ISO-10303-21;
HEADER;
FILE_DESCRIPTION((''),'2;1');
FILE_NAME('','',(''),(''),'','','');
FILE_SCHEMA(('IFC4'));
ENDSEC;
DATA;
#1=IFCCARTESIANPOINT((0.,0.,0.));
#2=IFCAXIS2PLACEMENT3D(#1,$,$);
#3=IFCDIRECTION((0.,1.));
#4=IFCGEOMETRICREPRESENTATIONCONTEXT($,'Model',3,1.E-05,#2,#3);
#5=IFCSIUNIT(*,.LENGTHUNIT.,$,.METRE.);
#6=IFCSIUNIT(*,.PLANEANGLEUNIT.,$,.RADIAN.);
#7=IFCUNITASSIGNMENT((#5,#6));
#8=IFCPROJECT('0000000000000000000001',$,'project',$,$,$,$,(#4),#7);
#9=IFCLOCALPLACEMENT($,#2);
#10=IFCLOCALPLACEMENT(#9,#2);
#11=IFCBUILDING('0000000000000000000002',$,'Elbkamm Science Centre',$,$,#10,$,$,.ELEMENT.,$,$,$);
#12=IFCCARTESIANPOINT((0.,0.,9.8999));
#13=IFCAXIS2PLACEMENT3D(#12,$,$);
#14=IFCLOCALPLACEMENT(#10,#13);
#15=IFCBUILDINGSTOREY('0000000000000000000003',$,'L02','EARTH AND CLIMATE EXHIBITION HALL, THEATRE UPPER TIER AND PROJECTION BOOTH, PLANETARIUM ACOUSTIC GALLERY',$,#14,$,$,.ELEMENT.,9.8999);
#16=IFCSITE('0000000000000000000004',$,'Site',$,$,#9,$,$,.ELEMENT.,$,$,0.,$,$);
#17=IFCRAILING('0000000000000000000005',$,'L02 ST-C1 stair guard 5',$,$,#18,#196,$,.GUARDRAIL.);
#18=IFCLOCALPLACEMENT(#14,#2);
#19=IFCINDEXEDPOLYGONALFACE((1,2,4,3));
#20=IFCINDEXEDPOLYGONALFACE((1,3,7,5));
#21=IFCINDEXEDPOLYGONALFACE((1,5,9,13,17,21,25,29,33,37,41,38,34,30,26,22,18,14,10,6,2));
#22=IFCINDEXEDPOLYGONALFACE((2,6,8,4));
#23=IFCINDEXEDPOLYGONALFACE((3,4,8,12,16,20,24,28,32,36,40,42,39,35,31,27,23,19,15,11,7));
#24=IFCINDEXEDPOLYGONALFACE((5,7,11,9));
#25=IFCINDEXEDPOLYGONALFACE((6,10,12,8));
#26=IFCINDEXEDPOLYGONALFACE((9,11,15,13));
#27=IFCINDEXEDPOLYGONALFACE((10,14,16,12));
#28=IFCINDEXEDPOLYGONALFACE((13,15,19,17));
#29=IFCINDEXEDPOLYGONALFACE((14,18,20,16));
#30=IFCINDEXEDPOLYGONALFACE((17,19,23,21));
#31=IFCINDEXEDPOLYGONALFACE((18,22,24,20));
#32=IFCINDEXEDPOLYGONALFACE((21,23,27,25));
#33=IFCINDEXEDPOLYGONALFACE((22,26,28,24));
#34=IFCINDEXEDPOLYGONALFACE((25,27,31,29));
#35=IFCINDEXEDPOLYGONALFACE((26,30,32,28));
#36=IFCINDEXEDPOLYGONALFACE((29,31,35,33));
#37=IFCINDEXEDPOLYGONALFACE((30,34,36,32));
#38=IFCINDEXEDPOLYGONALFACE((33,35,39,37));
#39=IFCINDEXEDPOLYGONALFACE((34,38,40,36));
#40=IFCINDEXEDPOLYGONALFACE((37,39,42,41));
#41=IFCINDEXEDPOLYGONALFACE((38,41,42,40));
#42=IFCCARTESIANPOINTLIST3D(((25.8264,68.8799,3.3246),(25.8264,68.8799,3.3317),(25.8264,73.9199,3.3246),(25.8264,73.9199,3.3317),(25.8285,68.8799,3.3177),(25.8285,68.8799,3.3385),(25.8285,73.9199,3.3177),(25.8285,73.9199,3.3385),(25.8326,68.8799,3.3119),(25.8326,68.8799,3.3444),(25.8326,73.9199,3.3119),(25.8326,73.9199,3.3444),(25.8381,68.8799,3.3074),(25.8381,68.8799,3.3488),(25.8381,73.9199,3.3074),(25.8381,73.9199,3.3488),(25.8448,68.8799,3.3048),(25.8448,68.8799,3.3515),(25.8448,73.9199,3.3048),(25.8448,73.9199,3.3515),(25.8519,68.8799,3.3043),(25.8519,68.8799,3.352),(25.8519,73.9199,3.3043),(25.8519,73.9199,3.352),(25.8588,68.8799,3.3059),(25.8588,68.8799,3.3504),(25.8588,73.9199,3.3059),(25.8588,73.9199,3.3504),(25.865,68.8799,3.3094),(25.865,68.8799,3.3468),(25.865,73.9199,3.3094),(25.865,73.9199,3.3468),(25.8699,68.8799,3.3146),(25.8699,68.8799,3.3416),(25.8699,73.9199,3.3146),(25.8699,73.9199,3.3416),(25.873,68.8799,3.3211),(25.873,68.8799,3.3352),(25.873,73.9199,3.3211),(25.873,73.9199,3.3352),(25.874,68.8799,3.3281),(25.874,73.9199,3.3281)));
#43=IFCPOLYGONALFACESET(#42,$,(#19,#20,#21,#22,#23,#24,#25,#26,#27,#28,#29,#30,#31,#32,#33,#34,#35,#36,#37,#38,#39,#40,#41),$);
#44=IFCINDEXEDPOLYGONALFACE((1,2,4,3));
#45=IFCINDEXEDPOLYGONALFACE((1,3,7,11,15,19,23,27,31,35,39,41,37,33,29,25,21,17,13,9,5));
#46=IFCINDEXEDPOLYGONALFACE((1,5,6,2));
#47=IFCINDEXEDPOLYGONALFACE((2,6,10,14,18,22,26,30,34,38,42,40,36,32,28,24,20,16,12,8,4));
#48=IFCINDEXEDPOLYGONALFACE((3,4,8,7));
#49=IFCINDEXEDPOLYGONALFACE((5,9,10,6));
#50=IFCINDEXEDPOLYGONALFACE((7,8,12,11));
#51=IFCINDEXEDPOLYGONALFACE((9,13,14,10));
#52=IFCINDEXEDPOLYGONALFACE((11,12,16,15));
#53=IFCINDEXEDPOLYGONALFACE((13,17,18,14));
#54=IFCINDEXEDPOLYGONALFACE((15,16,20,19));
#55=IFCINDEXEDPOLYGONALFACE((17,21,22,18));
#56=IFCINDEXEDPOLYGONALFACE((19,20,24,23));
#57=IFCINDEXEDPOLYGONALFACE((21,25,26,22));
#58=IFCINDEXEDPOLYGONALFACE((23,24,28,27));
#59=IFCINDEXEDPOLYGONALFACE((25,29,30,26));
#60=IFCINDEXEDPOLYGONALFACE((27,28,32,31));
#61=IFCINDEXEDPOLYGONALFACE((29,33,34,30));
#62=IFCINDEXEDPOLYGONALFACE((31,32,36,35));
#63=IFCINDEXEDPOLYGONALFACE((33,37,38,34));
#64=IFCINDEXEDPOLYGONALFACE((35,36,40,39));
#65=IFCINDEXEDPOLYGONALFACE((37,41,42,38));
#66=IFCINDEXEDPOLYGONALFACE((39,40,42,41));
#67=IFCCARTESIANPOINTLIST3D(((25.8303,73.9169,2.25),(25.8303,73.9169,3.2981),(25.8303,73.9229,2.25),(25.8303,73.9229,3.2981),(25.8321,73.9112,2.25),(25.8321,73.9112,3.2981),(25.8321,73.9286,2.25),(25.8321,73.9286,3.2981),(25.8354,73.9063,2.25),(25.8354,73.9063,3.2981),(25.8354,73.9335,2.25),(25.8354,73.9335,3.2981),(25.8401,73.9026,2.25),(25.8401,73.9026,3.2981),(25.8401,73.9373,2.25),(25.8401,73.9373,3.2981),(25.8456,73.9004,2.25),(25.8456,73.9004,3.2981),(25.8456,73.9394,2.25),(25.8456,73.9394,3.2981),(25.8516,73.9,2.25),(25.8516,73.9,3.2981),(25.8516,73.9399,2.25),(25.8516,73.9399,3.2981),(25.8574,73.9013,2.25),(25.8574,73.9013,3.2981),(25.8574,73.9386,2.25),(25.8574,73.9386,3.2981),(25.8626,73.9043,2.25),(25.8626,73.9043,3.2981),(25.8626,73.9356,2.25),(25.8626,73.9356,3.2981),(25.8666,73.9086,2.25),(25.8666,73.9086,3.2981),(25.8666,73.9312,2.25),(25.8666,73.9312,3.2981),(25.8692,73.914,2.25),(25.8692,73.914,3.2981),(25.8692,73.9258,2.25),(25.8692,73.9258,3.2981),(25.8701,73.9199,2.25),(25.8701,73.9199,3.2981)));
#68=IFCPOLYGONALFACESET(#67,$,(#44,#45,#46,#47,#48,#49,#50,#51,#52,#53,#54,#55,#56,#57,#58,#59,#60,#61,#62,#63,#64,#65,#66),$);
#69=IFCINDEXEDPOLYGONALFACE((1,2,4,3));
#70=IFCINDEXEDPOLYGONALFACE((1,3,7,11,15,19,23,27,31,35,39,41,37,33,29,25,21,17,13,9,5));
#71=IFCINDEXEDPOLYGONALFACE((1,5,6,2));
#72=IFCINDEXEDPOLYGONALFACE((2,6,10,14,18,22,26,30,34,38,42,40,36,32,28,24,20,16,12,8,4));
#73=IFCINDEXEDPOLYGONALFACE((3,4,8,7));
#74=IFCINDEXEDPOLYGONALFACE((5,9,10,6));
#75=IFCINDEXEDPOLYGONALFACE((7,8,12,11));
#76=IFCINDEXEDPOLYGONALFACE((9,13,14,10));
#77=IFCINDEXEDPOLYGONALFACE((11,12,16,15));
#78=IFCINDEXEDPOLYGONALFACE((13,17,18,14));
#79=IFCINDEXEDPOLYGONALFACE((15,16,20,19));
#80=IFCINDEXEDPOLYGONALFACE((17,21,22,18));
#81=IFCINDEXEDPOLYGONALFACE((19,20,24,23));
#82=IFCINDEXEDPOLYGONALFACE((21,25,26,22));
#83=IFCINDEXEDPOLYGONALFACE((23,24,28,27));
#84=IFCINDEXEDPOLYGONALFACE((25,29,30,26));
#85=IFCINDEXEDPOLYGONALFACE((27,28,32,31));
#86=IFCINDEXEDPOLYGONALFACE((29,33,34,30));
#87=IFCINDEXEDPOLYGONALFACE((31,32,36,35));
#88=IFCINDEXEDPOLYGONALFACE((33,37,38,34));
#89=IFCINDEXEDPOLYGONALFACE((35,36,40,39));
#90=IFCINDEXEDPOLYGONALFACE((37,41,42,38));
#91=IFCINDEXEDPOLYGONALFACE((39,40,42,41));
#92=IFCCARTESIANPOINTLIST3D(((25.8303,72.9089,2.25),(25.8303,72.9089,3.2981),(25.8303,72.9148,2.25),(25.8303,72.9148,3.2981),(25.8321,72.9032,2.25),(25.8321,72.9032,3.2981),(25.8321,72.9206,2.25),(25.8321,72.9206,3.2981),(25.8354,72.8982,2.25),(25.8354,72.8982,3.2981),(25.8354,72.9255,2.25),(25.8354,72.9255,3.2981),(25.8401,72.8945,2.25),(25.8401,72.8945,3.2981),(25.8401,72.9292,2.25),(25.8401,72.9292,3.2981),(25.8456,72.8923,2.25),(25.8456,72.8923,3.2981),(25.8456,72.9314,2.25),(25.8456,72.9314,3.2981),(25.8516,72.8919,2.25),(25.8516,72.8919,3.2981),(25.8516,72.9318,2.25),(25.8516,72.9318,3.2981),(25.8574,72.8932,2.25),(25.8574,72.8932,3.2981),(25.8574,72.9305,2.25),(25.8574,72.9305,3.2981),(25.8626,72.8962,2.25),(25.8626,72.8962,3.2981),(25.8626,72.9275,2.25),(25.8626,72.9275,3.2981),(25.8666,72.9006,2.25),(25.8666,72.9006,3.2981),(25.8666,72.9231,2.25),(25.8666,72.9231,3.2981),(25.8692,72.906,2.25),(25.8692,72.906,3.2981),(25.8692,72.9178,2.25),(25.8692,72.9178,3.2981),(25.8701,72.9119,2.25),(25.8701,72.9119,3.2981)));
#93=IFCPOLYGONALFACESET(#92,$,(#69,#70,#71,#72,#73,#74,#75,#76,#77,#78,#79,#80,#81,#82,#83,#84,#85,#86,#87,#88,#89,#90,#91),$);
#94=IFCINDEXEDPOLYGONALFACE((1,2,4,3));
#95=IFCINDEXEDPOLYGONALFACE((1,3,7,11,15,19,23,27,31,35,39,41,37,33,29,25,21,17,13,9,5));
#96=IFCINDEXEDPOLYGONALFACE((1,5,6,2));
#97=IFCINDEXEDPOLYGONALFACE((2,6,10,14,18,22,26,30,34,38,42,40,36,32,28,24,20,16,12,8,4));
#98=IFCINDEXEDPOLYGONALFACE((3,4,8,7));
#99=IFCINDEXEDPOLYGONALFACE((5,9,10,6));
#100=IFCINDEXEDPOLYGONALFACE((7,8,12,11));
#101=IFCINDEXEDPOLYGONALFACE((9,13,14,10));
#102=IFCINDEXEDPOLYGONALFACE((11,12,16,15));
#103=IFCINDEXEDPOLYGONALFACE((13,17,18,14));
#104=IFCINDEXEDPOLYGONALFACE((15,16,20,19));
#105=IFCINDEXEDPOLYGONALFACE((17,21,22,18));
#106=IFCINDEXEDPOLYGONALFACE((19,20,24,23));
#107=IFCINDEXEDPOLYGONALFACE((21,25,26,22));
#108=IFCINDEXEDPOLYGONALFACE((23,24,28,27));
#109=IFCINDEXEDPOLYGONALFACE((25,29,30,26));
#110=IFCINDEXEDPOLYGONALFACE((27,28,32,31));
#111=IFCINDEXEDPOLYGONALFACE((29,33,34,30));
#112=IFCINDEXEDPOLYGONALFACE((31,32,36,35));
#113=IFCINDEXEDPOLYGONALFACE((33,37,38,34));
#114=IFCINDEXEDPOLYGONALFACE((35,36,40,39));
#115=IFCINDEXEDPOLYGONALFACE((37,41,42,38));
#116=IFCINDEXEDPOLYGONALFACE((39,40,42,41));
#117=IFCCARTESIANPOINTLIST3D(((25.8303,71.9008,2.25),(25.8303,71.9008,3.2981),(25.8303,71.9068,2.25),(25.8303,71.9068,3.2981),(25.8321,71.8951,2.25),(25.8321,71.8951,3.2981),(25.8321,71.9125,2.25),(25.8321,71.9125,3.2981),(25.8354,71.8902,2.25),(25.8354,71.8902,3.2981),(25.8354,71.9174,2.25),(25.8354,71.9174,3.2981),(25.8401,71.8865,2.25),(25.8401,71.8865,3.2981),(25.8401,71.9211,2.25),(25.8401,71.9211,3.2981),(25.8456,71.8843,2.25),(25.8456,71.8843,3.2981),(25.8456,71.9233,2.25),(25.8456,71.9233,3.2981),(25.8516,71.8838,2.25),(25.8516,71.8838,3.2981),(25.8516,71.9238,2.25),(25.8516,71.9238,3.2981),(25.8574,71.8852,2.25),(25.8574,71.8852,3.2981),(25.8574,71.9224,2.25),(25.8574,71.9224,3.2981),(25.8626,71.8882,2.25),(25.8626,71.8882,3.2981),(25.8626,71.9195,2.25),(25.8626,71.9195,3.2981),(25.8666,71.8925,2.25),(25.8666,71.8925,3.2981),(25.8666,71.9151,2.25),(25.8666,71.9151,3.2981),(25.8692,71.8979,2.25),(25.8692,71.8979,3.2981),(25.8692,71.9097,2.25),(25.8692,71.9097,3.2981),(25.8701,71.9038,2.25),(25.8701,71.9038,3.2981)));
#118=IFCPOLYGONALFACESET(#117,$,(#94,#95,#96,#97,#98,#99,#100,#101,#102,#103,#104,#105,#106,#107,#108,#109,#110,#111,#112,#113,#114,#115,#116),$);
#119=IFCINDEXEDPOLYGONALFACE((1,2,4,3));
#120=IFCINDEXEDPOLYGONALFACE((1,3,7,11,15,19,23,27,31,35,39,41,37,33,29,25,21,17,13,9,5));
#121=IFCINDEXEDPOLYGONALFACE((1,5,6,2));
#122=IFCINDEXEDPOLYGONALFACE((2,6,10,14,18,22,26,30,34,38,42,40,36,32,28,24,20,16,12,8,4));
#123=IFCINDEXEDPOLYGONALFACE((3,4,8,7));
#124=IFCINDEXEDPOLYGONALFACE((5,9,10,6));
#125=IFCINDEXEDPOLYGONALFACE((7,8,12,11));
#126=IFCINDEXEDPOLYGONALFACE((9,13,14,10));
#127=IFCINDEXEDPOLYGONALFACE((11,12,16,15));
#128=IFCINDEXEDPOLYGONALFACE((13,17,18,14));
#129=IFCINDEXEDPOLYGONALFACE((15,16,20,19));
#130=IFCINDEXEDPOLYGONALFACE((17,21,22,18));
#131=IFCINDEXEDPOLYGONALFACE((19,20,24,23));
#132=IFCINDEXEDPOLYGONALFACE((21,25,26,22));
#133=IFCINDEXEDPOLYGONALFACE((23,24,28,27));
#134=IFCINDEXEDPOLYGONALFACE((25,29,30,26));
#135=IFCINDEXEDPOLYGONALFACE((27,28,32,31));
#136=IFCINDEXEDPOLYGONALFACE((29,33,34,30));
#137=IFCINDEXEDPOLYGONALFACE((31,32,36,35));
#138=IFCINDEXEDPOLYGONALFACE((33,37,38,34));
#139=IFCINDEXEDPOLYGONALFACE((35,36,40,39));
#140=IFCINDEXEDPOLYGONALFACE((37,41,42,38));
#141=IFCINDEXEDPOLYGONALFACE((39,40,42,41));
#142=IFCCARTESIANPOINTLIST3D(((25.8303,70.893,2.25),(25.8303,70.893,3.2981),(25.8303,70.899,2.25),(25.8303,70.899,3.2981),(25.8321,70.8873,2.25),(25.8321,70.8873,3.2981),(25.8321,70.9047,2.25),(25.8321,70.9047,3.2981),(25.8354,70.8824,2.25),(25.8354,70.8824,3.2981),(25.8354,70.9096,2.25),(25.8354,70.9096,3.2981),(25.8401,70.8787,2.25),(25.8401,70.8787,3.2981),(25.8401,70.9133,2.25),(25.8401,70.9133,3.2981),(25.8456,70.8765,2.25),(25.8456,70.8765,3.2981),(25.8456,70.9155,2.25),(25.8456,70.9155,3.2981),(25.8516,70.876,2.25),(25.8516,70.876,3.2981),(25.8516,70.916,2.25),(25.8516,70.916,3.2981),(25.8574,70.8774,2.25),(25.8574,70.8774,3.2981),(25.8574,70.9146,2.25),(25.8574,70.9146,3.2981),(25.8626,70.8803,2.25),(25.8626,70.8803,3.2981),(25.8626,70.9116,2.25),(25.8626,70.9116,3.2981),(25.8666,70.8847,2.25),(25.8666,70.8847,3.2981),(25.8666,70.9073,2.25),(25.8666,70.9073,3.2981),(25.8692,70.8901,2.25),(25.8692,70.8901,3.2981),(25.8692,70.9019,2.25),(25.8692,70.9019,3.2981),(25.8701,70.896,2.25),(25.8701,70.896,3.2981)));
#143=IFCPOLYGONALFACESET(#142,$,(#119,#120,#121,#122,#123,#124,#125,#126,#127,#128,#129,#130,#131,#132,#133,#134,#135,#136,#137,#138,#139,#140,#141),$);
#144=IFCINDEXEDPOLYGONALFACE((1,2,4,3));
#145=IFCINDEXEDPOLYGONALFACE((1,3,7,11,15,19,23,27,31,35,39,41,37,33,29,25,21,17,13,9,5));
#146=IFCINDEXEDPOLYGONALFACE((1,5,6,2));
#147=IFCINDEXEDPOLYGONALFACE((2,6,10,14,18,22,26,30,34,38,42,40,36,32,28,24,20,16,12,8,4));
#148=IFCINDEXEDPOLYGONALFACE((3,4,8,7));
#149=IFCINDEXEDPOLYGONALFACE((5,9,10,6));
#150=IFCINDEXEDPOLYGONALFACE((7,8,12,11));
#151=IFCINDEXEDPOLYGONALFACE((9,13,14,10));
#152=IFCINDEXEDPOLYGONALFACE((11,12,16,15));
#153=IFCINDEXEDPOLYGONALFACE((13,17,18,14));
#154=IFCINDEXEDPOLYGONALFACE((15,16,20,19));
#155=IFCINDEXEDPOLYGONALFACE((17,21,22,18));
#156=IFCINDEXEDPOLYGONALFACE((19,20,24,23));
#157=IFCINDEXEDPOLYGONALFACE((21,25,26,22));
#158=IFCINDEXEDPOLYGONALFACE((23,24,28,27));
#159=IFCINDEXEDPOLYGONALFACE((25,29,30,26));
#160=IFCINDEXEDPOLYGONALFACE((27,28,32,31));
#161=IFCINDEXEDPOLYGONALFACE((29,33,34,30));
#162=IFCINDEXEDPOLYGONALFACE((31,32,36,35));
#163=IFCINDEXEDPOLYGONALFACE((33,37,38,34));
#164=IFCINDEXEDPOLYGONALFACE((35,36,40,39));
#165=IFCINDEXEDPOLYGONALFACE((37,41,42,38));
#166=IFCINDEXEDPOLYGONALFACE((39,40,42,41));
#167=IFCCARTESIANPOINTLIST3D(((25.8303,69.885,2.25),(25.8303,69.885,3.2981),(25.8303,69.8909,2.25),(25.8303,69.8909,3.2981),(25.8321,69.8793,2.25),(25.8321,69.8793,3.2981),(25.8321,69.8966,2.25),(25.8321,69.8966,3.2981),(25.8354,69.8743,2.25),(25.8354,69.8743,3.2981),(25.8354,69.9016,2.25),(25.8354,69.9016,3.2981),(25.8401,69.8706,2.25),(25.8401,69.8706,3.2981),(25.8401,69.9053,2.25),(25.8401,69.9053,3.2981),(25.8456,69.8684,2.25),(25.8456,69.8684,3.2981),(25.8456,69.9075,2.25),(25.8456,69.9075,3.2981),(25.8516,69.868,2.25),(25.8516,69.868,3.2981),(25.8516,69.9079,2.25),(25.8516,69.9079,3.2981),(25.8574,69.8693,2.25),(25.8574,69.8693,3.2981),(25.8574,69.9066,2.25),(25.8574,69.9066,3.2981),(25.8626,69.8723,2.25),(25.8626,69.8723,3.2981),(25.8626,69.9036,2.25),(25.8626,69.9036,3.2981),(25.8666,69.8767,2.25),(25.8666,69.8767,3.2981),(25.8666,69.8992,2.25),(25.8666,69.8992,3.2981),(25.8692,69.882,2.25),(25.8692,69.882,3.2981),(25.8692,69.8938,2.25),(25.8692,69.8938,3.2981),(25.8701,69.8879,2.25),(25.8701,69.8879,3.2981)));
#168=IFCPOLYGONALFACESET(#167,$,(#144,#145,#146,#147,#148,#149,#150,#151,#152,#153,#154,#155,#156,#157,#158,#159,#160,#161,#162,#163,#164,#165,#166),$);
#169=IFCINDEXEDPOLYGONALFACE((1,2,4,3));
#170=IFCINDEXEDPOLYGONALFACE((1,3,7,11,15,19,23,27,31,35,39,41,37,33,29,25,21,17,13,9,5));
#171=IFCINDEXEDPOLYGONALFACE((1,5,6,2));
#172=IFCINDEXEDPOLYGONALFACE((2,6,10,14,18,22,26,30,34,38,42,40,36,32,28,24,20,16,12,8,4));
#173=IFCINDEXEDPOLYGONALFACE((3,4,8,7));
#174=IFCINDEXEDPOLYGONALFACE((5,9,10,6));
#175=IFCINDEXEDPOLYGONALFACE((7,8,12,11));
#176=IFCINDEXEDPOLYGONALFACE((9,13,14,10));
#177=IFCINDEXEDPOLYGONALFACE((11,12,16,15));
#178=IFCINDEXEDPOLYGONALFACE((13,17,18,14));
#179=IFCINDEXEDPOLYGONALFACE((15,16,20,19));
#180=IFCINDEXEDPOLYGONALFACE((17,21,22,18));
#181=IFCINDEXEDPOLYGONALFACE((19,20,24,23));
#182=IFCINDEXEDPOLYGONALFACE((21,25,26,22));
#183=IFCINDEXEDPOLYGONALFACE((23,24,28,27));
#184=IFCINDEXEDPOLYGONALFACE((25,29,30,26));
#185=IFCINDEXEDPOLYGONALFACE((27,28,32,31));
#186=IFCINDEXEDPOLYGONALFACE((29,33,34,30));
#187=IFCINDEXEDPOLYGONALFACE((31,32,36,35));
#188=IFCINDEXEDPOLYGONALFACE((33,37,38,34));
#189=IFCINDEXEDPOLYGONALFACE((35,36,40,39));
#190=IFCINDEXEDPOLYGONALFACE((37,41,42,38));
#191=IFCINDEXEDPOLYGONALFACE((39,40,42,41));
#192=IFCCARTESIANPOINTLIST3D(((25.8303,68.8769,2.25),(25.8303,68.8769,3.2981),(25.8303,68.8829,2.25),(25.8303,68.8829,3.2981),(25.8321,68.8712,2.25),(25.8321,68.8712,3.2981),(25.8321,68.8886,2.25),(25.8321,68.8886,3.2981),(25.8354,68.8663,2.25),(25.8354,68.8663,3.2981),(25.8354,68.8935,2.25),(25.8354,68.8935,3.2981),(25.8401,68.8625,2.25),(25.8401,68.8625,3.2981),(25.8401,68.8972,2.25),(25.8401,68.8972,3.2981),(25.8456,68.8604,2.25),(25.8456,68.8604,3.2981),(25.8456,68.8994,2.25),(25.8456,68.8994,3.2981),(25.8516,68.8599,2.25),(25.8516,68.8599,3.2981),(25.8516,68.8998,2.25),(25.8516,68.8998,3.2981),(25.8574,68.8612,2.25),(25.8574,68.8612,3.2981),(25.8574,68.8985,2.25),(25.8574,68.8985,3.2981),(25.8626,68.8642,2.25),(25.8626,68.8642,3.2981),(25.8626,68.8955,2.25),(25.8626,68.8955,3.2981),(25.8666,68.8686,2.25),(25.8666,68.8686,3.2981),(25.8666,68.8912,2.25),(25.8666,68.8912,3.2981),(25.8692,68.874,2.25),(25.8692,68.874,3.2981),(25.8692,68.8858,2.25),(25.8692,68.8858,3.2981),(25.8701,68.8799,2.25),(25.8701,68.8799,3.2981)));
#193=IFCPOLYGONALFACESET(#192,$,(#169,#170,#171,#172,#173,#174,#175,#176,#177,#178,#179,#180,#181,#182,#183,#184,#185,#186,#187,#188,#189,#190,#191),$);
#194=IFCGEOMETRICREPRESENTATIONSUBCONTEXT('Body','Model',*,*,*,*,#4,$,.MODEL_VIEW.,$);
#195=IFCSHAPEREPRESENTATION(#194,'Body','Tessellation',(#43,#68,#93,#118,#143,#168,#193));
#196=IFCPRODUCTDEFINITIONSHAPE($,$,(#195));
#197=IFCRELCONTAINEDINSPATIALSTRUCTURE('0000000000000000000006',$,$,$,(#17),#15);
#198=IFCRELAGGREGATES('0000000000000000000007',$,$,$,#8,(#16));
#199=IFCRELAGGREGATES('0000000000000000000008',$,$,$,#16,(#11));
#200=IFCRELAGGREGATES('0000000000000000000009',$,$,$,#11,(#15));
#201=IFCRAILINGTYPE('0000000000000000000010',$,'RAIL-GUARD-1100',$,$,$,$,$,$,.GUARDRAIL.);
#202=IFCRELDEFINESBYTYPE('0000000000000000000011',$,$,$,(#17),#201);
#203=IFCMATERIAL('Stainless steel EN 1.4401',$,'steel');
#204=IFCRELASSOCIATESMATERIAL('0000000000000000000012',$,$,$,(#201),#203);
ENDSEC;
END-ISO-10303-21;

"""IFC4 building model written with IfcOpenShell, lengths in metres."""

from ifc_helpers import new_model, si_unit, direction, frame, origin, origin_2d, place, context, subcontext, project, spatial, circle, extrude, material, type_object, element, save


model = new_model("IFC4")

# Units and contexts
model_context = context("Model", 3, precision=1e-05, world=origin(), true_north=direction((0.0, 1.0)))
body_context = subcontext(model_context, "Body", "Model", "MODEL_VIEW")
ifc_project = project(units=[si_unit("LENGTHUNIT", "METRE"), si_unit("PLANEANGLEUNIT", "RADIAN")], contexts=[model_context])

# Site, building, storey
site_placement = place(None, origin())
site = spatial("IfcSite", under=ifc_project, at=site_placement, Name="Site", CompositionType="ELEMENT", RefElevation=0.0)
building_placement = place(site_placement, origin())
building = spatial("IfcBuilding", under=site, at=building_placement, Name="Elbkamm Science Centre", CompositionType="ELEMENT")
storey_placement = place(building_placement, frame((0.0, 0.0, 9.8999)))
storey = spatial("IfcBuildingStorey", under=building, at=storey_placement, Name="L02", Description="EARTH AND CLIMATE EXHIBITION HALL, THEATRE UPPER TIER AND PROJECTION BOOTH, PLANETARIUM ACOUSTIC GALLERY", CompositionType="ELEMENT", Elevation=9.8999)

# Railing
ifc_material_1 = material(Name="Stainless steel EN 1.4401", Category="steel")
railing_type_1 = type_object("IfcRailingType", Name="RAIL-GUARD-1100", PredefinedType="GUARDRAIL", material=ifc_material_1)
railing_1_placement = place(storey_placement, frame((25.8501, 73.9199, 2.25)))
element("IfcRailing", 1, at=railing_1_placement, inside=storey, type_object=railing_type_1, Name="L02 ST-C1 stair guard 5", PredefinedType="GUARDRAIL", context=body_context, shape_type="SweptSolid", body=[
    extrude(circle(Radius=0.0239, at=origin_2d()), frame((0.0, 0.0, 1.0781), z_axis=(0.0, -1.0, 0.0), x_axis=(1.0, 0.0, 0.0)), (0.0, 0.0, 1.0), 5.04),
    extrude(circle(Radius=0.02, at=origin_2d()), origin(), (0.0, 0.0, 1.0), 1.0481),
    extrude(circle(Radius=0.02, at=origin_2d()), frame((0.0, -1.0081, 0.0)), (0.0, 0.0, 1.0), 1.0481),
    extrude(circle(Radius=0.02, at=origin_2d()), frame((0.0, -2.0161, 0.0)), (0.0, 0.0, 1.0), 1.0481),
    extrude(circle(Radius=0.02, at=origin_2d()), frame((0.0, -3.0239, 0.0)), (0.0, 0.0, 1.0), 1.0481),
    extrude(circle(Radius=0.02, at=origin_2d()), frame((0.0, -4.032, 0.0)), (0.0, 0.0, 1.0), 1.0481),
    extrude(circle(Radius=0.02, at=origin_2d()), frame((0.0, -5.04, 0.0)), (0.0, 0.0, 1.0), 1.0481),
])

save(model, "model.ifc")
